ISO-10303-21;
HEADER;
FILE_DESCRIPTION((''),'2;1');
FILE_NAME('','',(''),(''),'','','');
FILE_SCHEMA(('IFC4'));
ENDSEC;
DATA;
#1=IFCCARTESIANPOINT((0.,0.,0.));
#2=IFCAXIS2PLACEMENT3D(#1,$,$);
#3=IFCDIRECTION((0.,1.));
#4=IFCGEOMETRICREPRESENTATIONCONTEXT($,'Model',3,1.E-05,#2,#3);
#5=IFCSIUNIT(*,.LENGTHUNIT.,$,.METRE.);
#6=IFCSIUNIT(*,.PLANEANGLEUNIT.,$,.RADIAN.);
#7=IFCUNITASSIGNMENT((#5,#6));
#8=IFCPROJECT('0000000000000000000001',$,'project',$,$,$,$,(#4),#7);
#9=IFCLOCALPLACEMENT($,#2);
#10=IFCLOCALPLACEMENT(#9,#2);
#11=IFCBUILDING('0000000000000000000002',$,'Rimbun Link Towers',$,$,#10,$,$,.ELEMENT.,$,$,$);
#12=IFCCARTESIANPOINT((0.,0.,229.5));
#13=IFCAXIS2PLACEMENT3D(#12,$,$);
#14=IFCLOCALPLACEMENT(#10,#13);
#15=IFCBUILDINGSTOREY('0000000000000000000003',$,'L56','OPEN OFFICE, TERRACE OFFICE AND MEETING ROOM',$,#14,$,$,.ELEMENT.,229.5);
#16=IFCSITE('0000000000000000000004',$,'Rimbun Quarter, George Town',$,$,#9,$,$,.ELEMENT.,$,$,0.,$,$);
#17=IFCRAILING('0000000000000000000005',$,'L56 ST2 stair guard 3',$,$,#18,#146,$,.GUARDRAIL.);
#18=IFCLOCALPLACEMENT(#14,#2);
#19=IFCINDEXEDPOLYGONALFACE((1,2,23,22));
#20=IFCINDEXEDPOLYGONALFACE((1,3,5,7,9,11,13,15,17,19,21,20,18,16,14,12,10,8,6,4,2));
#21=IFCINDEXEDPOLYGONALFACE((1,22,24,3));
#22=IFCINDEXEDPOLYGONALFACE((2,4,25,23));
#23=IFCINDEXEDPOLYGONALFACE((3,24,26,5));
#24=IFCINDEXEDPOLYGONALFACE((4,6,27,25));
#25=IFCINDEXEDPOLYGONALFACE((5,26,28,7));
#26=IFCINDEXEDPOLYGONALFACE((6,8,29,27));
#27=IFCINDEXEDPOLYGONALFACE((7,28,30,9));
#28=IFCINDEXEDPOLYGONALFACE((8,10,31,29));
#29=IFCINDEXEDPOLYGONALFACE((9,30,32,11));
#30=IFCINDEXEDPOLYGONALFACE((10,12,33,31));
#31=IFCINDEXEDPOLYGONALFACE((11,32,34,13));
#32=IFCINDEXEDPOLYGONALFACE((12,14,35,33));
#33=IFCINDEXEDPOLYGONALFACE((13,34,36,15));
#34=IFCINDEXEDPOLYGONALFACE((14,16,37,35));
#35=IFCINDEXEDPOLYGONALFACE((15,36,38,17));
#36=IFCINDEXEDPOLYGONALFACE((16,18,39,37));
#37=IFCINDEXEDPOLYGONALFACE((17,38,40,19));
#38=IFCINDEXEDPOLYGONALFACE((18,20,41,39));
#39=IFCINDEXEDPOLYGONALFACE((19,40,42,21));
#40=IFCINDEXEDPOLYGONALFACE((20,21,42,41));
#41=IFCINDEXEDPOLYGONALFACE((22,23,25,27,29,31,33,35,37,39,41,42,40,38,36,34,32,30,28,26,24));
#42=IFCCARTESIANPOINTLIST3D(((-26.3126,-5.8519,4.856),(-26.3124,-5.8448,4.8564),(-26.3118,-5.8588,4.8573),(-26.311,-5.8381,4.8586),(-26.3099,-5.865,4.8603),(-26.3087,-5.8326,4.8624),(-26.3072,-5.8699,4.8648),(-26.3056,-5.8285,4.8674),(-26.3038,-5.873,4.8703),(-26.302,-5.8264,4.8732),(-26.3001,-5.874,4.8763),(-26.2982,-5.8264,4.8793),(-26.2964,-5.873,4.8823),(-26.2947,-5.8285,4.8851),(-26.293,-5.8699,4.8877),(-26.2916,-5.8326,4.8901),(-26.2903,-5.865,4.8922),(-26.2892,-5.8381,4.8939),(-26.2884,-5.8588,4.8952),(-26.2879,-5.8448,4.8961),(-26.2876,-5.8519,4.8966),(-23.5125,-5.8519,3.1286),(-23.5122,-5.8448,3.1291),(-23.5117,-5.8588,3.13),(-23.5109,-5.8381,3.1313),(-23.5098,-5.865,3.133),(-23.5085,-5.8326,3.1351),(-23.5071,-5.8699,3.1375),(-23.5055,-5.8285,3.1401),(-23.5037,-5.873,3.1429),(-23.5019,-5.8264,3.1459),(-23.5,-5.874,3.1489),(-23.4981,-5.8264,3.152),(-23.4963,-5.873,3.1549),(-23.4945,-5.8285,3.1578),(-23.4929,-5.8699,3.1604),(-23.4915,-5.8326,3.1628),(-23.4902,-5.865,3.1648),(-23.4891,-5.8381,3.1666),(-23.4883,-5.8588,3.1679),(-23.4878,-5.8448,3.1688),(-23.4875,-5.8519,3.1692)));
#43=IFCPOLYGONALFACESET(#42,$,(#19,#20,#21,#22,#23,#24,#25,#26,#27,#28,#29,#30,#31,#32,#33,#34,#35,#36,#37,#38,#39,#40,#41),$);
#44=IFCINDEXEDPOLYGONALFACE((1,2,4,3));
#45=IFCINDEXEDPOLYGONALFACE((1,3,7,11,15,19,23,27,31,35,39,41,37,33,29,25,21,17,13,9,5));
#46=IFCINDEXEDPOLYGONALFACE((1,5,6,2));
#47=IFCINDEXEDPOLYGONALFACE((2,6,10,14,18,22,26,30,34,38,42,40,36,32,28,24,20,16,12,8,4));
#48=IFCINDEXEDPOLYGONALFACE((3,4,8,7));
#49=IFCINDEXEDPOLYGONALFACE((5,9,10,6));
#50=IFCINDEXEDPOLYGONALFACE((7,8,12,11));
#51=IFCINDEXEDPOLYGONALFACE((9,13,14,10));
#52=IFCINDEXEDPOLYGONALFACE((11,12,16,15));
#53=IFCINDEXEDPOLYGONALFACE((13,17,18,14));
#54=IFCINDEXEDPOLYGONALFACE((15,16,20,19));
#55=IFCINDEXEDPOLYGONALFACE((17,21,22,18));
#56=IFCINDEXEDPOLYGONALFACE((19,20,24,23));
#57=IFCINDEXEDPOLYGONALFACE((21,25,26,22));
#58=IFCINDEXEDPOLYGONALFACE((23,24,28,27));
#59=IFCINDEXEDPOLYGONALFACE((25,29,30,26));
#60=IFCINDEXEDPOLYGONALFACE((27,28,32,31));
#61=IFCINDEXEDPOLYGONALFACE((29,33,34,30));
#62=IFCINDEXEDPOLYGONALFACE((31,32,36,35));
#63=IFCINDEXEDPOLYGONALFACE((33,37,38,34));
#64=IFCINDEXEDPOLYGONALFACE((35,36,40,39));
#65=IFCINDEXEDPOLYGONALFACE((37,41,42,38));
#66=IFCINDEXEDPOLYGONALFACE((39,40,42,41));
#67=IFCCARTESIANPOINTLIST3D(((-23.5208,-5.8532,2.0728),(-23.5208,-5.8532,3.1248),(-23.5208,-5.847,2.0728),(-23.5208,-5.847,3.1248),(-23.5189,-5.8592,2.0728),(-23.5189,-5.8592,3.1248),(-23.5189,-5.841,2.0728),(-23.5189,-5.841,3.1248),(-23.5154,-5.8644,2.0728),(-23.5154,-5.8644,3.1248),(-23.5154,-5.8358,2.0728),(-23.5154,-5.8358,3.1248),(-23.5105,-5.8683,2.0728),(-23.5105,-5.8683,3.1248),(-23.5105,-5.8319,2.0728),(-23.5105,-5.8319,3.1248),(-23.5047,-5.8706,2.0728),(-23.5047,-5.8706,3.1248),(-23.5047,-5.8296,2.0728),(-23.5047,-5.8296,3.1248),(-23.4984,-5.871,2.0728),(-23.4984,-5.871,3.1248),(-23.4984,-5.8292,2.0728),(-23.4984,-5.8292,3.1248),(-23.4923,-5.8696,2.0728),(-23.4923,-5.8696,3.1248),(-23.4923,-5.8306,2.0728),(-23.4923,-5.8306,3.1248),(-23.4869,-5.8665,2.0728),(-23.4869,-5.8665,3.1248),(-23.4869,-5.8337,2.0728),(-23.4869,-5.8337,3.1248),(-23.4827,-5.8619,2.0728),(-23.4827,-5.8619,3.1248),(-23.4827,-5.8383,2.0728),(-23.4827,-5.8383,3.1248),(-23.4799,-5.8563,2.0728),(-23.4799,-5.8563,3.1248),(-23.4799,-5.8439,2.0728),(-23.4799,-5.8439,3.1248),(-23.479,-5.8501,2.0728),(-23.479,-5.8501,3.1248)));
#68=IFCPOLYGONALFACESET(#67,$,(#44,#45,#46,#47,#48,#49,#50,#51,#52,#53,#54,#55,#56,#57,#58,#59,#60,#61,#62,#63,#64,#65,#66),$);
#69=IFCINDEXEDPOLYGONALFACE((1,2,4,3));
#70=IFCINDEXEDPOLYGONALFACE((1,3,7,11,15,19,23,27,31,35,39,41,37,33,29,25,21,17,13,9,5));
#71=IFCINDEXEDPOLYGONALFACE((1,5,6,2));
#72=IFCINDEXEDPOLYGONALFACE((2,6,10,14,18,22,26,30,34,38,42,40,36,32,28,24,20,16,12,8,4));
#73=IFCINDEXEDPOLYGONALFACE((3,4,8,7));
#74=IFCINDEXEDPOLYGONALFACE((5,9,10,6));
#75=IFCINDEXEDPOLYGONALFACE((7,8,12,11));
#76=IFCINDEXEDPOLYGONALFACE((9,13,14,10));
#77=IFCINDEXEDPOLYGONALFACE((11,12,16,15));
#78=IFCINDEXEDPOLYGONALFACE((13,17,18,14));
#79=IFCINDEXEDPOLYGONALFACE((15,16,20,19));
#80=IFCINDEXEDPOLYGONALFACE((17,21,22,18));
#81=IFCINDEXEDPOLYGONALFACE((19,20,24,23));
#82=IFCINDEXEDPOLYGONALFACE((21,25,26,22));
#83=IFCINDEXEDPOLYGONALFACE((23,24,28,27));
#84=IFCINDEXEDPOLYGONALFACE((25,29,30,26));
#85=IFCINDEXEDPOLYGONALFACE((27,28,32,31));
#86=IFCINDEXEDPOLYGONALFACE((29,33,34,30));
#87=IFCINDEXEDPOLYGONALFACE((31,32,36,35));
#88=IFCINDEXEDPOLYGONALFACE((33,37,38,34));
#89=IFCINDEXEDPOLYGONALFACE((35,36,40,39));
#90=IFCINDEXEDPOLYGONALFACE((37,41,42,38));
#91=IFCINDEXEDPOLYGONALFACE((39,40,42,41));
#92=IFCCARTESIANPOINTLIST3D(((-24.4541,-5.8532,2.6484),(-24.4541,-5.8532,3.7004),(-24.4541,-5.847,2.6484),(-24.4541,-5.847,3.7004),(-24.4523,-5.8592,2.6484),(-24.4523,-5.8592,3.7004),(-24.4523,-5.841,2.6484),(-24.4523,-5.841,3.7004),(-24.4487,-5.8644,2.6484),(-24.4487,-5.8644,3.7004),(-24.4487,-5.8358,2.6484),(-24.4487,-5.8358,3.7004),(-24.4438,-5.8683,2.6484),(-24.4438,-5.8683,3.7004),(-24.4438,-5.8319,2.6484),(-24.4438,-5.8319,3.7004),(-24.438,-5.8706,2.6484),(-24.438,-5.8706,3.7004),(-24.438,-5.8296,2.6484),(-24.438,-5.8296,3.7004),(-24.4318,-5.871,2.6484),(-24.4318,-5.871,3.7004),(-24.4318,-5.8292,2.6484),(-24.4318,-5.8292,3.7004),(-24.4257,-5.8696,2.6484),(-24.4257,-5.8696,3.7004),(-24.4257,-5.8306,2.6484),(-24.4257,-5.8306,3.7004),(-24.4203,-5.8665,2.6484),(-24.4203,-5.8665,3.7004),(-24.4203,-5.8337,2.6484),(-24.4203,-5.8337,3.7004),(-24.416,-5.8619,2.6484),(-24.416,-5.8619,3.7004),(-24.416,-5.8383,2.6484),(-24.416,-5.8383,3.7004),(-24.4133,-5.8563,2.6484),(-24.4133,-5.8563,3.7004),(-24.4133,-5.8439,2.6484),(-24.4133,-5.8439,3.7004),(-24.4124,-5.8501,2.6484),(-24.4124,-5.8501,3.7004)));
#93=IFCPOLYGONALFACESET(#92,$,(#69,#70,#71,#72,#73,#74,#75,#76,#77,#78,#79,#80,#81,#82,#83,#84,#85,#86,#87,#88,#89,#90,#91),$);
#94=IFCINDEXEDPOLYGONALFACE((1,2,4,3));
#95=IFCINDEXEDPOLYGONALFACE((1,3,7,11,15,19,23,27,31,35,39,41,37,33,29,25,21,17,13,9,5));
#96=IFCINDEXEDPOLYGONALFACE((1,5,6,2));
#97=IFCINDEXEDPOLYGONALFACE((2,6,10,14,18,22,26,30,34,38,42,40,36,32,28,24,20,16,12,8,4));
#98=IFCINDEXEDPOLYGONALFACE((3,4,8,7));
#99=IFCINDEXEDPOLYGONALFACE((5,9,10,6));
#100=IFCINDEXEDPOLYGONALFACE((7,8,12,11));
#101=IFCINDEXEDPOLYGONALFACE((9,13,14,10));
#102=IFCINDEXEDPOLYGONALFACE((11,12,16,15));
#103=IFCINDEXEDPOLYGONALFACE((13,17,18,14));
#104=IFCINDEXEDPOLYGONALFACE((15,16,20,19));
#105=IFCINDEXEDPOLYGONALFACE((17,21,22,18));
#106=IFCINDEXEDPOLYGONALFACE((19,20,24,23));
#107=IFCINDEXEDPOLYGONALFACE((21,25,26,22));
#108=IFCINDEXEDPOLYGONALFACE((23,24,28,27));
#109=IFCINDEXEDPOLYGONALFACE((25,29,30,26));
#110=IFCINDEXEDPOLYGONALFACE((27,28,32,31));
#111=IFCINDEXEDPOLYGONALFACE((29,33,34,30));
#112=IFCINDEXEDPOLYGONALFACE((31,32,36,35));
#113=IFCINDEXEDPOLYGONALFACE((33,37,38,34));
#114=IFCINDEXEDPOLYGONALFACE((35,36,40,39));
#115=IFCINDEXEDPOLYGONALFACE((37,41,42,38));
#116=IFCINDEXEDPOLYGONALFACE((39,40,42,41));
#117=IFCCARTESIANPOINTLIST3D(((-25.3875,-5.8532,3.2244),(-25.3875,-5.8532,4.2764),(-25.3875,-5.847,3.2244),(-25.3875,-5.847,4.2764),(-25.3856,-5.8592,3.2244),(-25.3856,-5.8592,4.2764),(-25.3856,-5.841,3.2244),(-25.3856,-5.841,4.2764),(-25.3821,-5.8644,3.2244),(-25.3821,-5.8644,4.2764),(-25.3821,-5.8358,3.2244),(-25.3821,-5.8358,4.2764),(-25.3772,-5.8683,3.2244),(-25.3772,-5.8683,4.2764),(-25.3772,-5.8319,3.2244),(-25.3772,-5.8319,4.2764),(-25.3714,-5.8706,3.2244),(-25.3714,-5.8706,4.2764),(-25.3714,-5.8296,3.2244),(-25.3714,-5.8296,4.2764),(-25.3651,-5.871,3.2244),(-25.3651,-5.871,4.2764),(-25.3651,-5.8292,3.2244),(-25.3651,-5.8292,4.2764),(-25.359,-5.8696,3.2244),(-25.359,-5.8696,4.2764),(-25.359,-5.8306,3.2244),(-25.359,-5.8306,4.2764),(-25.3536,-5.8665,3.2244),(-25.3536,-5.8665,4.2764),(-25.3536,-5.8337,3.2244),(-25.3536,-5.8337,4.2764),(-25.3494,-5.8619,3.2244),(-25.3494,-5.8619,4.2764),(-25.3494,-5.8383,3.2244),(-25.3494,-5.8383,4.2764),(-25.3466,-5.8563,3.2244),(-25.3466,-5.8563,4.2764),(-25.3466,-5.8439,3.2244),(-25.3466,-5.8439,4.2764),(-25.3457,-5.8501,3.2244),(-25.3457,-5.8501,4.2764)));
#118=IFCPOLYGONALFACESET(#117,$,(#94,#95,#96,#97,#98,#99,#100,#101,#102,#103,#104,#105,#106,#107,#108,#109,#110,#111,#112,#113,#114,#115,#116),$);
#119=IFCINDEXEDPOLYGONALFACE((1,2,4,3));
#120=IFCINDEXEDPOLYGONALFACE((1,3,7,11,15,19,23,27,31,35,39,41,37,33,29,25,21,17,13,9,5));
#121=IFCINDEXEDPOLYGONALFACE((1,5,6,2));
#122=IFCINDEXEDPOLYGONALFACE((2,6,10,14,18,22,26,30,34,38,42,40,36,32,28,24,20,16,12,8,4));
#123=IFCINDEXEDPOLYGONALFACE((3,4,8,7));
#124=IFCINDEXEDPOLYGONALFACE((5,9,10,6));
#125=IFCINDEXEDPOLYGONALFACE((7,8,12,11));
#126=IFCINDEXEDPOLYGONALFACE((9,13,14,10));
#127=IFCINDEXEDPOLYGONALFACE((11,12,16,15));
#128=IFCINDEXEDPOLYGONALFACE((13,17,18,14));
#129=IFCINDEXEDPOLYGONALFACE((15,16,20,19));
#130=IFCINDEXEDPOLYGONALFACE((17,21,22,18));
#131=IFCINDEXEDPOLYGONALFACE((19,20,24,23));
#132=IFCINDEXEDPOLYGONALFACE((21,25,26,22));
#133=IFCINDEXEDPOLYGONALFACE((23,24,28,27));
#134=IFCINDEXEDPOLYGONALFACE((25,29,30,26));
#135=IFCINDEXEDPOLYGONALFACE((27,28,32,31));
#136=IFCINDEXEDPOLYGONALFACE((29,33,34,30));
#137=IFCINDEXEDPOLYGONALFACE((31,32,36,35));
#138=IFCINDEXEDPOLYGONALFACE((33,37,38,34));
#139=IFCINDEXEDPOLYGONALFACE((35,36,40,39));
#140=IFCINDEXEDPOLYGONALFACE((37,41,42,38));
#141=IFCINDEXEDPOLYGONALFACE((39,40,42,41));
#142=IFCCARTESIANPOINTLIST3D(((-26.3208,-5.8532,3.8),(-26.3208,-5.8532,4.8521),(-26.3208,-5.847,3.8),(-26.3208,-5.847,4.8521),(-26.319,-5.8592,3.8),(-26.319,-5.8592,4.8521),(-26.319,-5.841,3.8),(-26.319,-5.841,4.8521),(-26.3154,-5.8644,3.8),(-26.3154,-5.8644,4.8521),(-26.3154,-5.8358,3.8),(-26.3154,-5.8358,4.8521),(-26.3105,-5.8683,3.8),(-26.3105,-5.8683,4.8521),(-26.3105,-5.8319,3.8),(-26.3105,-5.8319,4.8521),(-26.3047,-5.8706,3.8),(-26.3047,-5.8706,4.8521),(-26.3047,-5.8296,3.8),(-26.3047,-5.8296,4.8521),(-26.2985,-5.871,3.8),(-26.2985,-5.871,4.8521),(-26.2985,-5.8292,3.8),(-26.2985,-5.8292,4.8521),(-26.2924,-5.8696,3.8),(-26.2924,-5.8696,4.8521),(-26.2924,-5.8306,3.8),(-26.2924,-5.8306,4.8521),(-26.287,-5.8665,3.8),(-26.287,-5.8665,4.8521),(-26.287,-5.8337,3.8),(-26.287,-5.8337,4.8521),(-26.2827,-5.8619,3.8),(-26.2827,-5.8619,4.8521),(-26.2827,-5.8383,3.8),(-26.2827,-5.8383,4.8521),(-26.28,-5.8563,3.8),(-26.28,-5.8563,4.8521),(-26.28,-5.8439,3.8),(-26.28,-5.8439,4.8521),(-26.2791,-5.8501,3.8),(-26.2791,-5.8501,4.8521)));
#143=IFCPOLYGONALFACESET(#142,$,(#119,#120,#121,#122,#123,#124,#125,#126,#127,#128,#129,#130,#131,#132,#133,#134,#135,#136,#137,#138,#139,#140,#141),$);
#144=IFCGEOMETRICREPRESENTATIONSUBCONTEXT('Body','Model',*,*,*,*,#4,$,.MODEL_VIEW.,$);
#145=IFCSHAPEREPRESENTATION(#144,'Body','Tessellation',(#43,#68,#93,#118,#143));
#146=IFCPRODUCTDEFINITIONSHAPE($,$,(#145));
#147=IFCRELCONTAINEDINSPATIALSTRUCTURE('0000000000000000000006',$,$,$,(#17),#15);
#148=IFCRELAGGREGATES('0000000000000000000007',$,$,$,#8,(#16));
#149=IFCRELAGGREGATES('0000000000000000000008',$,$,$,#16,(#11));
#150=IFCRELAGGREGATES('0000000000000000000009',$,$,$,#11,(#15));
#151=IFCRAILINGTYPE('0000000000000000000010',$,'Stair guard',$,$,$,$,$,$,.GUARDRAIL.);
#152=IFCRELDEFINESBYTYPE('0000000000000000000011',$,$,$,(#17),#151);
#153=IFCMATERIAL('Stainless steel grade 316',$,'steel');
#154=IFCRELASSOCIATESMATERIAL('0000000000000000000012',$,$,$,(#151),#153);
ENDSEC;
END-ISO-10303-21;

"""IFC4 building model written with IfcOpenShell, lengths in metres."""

from ifc_helpers import new_model, si_unit, direction, frame, origin, origin_2d, place, context, subcontext, project, spatial, circle, extrude, material, type_object, element, save


model = new_model("IFC4")

# Units and contexts
model_context = context("Model", 3, precision=1e-05, world=origin(), true_north=direction((0.0, 1.0)))
body_context = subcontext(model_context, "Body", "Model", "MODEL_VIEW")
ifc_project = project(units=[si_unit("LENGTHUNIT", "METRE"), si_unit("PLANEANGLEUNIT", "RADIAN")], contexts=[model_context])

# Site, building, storey
site_placement = place(None, origin())
site = spatial("IfcSite", under=ifc_project, at=site_placement, Name="Rimbun Quarter, George Town", CompositionType="ELEMENT", RefElevation=0.0)
building_placement = place(site_placement, origin())
building = spatial("IfcBuilding", under=site, at=building_placement, Name="Rimbun Link Towers", CompositionType="ELEMENT")
storey_placement = place(building_placement, frame((0.0, 0.0, 229.5)))
storey = spatial("IfcBuildingStorey", under=building, at=storey_placement, Name="L56", Description="OPEN OFFICE, TERRACE OFFICE AND MEETING ROOM", CompositionType="ELEMENT", Elevation=229.5)

# Railing
ifc_material_1 = material(Name="Stainless steel grade 316", Category="steel")
railing_type_1 = type_object("IfcRailingType", Name="Stair guard", PredefinedType="GUARDRAIL", material=ifc_material_1)
railing_1_placement = place(storey_placement, frame((-23.5, -5.8501, 2.0728)))
element("IfcRailing", 1, at=railing_1_placement, inside=storey, type_object=railing_type_1, Name="L56 ST2 stair guard 3", PredefinedType="GUARDRAIL", context=body_context, shape_type="SweptSolid", body=[
    extrude(circle(Radius=0.0239, at=origin_2d()), frame((0.0, 0.0, 1.0762), z_axis=(-0.85109, 0.0, 0.52502), x_axis=(0.0, -1.0, 0.0)), (0.0, 0.0, 1.0), 3.29),
    extrude(circle(Radius=0.021, at=origin_2d()), origin(), (0.0, 0.0, 1.0), 1.052),
    extrude(circle(Radius=0.021, at=origin_2d()), frame((-0.9333, 0.0, 0.5757)), (0.0, 0.0, 1.0), 1.052),
    extrude(circle(Radius=0.021, at=origin_2d()), frame((-1.8667, 0.0, 1.1516)), (0.0, 0.0, 1.0), 1.052),
    extrude(circle(Radius=0.021, at=origin_2d()), frame((-2.8, 0.0, 1.7273)), (0.0, 0.0, 1.0), 1.052),
])

save(model, "model.ifc")
